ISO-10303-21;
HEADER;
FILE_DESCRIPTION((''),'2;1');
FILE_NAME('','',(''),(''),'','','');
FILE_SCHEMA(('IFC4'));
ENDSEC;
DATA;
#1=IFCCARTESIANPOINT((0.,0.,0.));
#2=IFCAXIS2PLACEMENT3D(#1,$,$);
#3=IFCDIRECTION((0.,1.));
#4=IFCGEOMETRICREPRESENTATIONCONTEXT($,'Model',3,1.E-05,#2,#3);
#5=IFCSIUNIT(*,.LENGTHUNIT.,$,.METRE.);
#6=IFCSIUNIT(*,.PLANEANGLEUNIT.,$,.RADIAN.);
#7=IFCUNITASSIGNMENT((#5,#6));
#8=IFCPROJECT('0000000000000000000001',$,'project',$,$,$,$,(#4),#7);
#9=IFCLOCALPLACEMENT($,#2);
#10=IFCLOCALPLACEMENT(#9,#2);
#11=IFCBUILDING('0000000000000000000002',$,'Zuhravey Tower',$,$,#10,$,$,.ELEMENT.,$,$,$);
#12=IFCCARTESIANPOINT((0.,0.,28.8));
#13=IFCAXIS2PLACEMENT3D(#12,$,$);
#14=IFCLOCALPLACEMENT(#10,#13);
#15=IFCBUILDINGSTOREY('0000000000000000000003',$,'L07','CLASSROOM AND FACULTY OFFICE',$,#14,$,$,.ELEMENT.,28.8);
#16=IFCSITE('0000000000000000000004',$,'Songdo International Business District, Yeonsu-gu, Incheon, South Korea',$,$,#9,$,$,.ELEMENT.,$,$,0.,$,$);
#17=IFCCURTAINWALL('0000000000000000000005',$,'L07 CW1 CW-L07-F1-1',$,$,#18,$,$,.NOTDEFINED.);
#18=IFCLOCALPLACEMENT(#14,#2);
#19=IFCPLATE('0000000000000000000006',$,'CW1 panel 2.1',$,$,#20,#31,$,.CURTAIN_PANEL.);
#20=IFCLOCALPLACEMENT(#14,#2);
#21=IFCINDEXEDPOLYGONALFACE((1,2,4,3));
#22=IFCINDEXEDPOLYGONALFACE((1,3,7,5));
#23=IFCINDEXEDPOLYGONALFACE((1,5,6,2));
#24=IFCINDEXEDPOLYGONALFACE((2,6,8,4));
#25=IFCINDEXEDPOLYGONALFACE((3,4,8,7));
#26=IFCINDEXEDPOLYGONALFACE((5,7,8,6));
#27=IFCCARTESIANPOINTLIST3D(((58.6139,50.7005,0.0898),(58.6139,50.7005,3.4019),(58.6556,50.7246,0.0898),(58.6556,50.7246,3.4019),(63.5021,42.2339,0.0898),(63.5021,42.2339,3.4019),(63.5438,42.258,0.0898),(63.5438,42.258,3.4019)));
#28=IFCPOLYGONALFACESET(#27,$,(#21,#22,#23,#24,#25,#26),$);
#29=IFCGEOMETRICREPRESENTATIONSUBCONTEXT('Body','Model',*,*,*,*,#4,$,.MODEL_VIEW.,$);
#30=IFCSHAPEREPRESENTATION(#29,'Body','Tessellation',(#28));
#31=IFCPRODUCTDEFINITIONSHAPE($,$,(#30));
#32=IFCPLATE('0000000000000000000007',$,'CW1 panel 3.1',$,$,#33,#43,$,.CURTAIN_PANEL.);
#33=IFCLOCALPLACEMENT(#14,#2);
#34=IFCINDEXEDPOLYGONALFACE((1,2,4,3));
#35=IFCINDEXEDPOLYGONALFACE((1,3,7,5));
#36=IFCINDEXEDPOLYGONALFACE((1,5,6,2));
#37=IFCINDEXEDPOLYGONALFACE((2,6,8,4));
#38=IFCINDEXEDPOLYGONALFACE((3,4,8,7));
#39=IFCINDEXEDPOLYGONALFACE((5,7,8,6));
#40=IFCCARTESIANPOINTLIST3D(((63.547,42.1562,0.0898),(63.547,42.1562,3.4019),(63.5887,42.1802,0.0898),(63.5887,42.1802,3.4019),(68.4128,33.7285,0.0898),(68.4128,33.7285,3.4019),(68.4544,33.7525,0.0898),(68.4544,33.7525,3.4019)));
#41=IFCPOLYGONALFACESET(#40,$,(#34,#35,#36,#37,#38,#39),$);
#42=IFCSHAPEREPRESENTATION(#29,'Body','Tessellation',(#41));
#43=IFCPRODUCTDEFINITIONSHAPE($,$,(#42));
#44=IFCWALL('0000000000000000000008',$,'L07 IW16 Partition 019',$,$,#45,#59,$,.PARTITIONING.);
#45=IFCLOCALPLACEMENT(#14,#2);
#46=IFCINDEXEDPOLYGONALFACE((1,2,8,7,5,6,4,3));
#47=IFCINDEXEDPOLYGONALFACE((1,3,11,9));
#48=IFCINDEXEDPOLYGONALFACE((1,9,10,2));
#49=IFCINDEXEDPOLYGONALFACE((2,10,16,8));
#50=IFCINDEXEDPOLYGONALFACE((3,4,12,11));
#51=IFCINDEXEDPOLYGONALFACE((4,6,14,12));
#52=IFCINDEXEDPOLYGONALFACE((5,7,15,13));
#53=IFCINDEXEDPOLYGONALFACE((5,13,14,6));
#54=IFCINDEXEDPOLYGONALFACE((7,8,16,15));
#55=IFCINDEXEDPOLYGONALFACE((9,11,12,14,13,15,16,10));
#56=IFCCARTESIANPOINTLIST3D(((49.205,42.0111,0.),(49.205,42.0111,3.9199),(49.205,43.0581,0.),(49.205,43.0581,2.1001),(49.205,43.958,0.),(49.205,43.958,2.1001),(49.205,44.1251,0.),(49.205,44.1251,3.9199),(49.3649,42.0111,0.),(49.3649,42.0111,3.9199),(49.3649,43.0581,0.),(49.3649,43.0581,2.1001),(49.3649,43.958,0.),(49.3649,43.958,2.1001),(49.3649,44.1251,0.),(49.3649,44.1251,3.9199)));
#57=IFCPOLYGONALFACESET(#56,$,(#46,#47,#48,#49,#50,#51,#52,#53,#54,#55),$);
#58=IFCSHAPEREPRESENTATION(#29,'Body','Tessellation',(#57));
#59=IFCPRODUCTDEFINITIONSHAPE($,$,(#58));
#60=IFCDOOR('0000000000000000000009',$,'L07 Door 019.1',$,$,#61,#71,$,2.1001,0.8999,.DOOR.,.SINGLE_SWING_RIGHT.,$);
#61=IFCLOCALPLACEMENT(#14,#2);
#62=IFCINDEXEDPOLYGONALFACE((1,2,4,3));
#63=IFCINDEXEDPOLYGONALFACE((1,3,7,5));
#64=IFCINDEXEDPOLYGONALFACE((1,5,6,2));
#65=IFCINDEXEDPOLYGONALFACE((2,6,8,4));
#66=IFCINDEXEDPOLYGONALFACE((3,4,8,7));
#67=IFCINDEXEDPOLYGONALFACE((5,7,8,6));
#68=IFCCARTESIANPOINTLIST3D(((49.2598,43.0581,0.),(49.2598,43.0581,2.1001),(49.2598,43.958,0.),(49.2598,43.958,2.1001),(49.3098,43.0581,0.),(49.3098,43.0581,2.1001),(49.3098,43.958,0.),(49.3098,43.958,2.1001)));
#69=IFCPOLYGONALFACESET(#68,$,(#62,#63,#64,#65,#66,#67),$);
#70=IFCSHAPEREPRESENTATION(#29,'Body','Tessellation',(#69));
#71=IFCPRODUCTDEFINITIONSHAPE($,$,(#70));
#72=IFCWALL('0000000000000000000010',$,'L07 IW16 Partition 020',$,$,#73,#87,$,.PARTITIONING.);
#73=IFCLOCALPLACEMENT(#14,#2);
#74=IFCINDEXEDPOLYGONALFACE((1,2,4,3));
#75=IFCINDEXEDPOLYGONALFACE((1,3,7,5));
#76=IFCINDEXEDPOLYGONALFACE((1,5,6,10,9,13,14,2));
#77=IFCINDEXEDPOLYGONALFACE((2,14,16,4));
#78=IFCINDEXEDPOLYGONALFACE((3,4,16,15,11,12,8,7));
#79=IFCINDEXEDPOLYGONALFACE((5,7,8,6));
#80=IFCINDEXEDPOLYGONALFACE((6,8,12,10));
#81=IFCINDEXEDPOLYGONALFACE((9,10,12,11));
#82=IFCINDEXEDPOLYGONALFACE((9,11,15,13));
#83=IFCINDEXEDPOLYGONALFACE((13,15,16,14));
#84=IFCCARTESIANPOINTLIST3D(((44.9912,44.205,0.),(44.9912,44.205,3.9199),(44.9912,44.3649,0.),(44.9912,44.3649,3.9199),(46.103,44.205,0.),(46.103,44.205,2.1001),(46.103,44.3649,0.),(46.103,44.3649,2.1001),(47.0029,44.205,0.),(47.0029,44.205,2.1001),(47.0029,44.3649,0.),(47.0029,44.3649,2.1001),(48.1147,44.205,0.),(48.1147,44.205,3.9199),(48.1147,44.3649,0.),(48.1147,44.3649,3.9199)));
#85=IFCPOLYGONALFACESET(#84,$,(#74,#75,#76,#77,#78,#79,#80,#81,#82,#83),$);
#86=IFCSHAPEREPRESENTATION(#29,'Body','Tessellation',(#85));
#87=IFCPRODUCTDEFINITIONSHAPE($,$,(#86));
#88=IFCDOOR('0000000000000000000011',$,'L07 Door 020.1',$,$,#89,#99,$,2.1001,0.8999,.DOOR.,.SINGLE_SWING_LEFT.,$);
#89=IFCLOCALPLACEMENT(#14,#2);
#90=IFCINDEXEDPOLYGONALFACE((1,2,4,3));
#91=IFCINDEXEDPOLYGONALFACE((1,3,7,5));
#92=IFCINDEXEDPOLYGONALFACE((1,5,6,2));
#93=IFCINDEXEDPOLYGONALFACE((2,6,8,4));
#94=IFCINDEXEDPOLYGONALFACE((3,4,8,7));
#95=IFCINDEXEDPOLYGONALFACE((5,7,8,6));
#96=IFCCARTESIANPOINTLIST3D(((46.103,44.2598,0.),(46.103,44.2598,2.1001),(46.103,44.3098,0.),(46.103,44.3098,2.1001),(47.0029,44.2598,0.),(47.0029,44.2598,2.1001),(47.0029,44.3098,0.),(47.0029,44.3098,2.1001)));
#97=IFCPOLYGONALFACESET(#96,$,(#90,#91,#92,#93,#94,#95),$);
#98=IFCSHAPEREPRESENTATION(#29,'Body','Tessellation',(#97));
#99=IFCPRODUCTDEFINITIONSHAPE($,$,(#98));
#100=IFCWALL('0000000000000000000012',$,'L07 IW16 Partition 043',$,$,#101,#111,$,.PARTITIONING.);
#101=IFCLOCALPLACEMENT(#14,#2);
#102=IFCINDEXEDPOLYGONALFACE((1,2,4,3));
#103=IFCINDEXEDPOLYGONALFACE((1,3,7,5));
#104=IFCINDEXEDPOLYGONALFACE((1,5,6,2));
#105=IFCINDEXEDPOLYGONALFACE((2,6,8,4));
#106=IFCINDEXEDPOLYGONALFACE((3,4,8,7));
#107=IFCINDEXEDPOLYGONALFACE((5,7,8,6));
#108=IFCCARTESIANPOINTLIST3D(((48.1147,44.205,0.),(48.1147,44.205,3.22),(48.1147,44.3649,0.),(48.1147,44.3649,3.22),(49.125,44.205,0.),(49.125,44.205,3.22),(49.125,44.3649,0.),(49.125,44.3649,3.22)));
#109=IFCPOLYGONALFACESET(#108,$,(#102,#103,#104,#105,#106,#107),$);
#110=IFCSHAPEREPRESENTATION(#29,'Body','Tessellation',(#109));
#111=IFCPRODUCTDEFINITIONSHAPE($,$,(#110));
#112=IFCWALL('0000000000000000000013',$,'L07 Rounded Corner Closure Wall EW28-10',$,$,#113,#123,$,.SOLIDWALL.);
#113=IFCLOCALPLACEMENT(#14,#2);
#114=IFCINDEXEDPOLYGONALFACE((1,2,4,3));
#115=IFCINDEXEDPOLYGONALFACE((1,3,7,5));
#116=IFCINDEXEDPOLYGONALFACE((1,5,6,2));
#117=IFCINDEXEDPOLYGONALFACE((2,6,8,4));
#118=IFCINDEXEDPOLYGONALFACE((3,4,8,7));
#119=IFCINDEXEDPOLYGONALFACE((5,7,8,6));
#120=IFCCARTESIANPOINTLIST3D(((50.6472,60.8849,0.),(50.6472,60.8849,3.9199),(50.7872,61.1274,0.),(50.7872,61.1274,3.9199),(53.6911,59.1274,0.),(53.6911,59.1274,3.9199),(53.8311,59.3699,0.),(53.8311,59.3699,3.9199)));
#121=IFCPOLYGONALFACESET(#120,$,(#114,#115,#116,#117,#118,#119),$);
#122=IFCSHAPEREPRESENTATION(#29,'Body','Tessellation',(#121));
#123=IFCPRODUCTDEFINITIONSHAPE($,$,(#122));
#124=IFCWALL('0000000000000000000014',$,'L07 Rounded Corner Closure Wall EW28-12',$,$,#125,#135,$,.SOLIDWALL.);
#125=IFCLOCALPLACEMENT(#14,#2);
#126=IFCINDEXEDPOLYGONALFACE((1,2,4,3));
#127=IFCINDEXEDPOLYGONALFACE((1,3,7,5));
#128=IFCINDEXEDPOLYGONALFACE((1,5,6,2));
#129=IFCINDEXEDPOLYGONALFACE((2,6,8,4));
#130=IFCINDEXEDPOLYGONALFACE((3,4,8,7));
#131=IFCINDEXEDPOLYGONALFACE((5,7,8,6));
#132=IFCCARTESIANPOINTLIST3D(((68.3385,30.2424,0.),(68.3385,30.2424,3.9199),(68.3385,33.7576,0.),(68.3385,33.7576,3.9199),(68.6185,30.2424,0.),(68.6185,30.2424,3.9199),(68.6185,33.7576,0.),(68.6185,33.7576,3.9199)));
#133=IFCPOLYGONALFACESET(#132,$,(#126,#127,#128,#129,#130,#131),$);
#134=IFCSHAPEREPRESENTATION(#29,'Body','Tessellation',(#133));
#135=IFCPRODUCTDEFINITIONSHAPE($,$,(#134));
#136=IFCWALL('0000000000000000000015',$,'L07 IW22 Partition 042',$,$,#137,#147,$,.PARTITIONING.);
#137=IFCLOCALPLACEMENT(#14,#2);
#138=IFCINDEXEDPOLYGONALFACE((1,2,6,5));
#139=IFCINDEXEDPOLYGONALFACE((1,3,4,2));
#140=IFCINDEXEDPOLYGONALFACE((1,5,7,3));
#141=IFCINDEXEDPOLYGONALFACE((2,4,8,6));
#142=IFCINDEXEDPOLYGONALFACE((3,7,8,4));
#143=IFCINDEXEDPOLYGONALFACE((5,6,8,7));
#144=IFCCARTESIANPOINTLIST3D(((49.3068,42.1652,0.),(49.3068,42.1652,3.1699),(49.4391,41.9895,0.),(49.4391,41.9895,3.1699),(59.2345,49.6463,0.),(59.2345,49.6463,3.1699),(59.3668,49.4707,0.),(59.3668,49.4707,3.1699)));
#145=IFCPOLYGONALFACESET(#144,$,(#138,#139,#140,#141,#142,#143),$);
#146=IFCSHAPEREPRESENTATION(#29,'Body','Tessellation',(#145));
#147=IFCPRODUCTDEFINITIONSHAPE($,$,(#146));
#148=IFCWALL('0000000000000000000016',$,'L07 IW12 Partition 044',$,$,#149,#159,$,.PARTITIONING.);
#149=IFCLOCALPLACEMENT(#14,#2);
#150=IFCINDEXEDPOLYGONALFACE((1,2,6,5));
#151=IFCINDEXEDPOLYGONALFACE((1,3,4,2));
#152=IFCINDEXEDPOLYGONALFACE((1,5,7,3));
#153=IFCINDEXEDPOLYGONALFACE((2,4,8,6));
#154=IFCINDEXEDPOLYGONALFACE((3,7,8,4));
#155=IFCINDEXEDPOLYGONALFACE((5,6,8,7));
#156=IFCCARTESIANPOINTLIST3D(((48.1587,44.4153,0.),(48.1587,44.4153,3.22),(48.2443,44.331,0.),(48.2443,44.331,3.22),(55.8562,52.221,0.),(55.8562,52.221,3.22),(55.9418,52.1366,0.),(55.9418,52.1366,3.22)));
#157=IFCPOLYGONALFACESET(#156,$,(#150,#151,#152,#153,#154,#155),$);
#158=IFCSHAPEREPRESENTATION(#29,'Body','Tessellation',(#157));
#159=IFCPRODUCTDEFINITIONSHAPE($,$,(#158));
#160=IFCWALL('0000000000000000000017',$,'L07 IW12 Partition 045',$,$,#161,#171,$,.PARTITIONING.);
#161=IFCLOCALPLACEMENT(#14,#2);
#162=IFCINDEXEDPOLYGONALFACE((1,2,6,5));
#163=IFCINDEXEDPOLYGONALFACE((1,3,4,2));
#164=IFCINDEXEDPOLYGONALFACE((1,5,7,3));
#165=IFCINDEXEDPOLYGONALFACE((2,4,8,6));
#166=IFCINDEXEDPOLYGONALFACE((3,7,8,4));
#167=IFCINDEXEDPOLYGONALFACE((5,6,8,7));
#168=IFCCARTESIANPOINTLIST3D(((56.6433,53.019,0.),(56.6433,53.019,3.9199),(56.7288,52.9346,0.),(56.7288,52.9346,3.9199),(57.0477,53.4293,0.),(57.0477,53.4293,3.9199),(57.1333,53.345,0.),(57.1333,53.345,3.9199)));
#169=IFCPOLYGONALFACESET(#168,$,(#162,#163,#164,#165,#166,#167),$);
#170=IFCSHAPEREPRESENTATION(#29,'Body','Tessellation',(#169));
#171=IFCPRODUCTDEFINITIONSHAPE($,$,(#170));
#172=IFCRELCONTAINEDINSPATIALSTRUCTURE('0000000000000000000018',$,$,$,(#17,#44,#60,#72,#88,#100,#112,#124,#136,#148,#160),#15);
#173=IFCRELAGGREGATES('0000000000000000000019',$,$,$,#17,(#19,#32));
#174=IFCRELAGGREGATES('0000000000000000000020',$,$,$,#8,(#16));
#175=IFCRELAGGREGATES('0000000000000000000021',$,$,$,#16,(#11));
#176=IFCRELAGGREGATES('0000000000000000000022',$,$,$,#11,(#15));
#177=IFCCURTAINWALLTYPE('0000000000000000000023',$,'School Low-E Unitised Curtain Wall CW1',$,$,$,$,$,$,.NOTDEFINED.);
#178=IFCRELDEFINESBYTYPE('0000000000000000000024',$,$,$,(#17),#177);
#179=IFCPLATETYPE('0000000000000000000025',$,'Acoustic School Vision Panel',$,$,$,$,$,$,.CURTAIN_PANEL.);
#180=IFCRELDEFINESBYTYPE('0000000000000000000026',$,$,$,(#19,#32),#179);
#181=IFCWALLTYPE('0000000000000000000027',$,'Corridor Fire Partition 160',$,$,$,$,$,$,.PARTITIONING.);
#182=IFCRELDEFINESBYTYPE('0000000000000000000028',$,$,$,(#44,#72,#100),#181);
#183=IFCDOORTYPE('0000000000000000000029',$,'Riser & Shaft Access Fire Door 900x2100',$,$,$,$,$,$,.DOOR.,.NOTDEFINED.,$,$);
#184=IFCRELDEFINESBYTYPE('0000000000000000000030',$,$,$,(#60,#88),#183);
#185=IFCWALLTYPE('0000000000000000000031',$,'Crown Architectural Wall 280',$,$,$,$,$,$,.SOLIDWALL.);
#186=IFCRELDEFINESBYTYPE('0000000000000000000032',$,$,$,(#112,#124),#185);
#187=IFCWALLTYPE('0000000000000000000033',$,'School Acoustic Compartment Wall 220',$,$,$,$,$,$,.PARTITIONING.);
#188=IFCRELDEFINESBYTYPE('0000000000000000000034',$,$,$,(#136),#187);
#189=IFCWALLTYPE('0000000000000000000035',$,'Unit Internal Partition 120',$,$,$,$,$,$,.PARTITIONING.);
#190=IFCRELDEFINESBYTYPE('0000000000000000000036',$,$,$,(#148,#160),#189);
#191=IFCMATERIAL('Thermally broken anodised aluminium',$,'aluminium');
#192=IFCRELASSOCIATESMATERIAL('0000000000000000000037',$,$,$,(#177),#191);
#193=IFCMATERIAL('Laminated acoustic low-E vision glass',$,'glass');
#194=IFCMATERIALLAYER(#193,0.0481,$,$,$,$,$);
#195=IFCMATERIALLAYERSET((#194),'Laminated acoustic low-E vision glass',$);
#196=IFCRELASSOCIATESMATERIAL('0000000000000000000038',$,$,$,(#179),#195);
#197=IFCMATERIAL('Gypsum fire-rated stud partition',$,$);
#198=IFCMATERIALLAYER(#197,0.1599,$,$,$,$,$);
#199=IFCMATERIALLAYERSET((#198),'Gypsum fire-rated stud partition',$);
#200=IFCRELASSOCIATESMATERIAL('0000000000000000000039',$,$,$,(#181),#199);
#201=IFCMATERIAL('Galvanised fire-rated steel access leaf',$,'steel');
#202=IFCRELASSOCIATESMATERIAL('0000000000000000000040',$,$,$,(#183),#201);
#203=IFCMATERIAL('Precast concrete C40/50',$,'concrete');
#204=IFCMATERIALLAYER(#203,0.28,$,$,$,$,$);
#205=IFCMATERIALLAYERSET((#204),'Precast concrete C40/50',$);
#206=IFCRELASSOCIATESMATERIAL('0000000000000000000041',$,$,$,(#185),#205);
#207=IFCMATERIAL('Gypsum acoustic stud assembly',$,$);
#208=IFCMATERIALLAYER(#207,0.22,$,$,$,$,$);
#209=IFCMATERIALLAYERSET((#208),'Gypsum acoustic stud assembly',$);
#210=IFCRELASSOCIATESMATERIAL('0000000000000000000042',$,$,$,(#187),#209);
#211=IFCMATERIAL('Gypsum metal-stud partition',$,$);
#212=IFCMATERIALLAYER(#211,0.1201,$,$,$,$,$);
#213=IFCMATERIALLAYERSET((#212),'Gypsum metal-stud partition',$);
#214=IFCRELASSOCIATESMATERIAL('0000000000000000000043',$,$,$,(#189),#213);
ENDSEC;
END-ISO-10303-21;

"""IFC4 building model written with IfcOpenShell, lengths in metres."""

from ifc_helpers import new_model, si_unit, direction, frame, frame_2d, origin, origin_2d, place, context, subcontext, project, spatial, rectangle, extrude, material, layer, layer_set, type_object, element, fill, aggregate, save


model = new_model("IFC4")

# Units and contexts
model_context = context("Model", 3, precision=1e-05, world=origin(), true_north=direction((0.0, 1.0)))
body_context = subcontext(model_context, "Body", "Model", "MODEL_VIEW")
ifc_project = project(units=[si_unit("LENGTHUNIT", "METRE"), si_unit("PLANEANGLEUNIT", "RADIAN")], contexts=[model_context])

# Site, building, storey
site_placement = place(None, origin())
site = spatial("IfcSite", under=ifc_project, at=site_placement, Name="Songdo International Business District, Yeonsu-gu, Incheon, South Korea", CompositionType="ELEMENT", RefElevation=0.0)
building_placement = place(site_placement, origin())
building = spatial("IfcBuilding", under=site, at=building_placement, Name="Zuhravey Tower", CompositionType="ELEMENT")
storey_placement = place(building_placement, frame((0.0, 0.0, 28.8)))
storey = spatial("IfcBuildingStorey", under=building, at=storey_placement, Name="L07", Description="CLASSROOM AND FACULTY OFFICE", CompositionType="ELEMENT", Elevation=28.8)

# Shared definitions
ifc_material_1 = material(Name="Thermally broken anodised aluminium", Category="aluminium")
curtain_wall_type = type_object("IfcCurtainWallType", Name="School Low-E Unitised Curtain Wall CW1", PredefinedType="NOTDEFINED", material=ifc_material_1)

# Curtain wall
curtain_wall_1_placement = place(storey_placement, origin())
curtain_wall_1 = element("IfcCurtainWall", 1, at=curtain_wall_1_placement, inside=storey, type_object=curtain_wall_type, Name="L07 CW1 CW-L07-F1-1", PredefinedType="NOTDEFINED")

# Plates
ifc_material_2 = material(Name="Laminated acoustic low-E vision glass", Category="glass")
ifc_layer_1 = layer(ifc_material_2, 0.0481)
ifc_layer_set_1 = layer_set([ifc_layer_1], Name="Laminated acoustic low-E vision glass")
plate_type = type_object("IfcPlateType", Name="Acoustic School Vision Panel", PredefinedType="CURTAIN_PANEL", material=ifc_layer_set_1)
plate_1_placement = place(storey_placement, frame((61.0789, 46.4792, 0.0898), z_axis=(0.0, 0.0, 1.0), x_axis=(0.5, -0.866026, 0.0)))
plate_1 = element("IfcPlate", 2, at=plate_1_placement, type_object=plate_type, Name="CW1 panel 2.1", PredefinedType="CURTAIN_PANEL", context=body_context, shape_type="SweptSolid", body=[
    extrude(rectangle(XDim=9.7764, YDim=0.0481, at=origin_2d()), origin(), (0.0, 0.0, 1.0), 3.312),
])
plate_2_placement = place(storey_placement, frame((66.0007, 37.9543, 0.0898), z_axis=(0.0, 0.0, 1.0), x_axis=(0.5, -0.866026, 0.0)))
plate_2 = element("IfcPlate", 3, at=plate_2_placement, type_object=plate_type, Name="CW1 panel 3.1", PredefinedType="CURTAIN_PANEL", context=body_context, shape_type="SweptSolid", body=[
    extrude(rectangle(XDim=9.7314, YDim=0.0481, at=origin_2d()), origin(), (0.0, 0.0, 1.0), 3.312),
])
aggregate(curtain_wall_1, [plate_1, plate_2])

# Walls, openings, doors
ifc_material_3 = material(Name="Gypsum fire-rated stud partition")
ifc_layer_2 = layer(ifc_material_3, 0.1599)
ifc_layer_set_2 = layer_set([ifc_layer_2], Name="Gypsum fire-rated stud partition")
wall_type_1 = type_object("IfcWallType", Name="Corridor Fire Partition 160", PredefinedType="PARTITIONING", material=ifc_layer_set_2)
wall_1_placement = place(storey_placement, frame((49.2849, 42.011, 0.0), z_axis=(0.0, 0.0, 1.0), x_axis=(0.0, 1.0, 0.0)))
wall_1 = element("IfcWall", 4, at=wall_1_placement, inside=storey, type_object=wall_type_1, Name="L07 IW16 Partition 019", PredefinedType="PARTITIONING", context=body_context, shape_type="SweptSolid", body=[
    extrude(rectangle(XDim=2.114, YDim=0.1599, at=frame_2d((1.0571, 0.0))), origin(), (0.0, 0.0, 1.0), 3.9199),
])
opening_1_placement = place(wall_1_placement, frame((1.0471, 0.0, 0.0)))
opening_1 = element("IfcOpeningElement", 5, at=opening_1_placement, cuts=wall_1, PredefinedType="OPENING", context=body_context, shape_type="SweptSolid", body=[
    extrude(rectangle(XDim=0.8999, YDim=2.1001, at=frame_2d((0.45, 1.05))), frame((0.0, 0.092, 0.0), z_axis=(0.0, -1.0, 0.0), x_axis=(1.0, 0.0, 0.0)), (0.0, 0.0, 1.0), 0.1838),
])
ifc_material_4 = material(Name="Galvanised fire-rated steel access leaf", Category="steel")
door_type = type_object("IfcDoorType", Name="Riser & Shaft Access Fire Door 900x2100", OperationType="NOTDEFINED", PredefinedType="DOOR", material=ifc_material_4)
door_1_placement = place(opening_1_placement, frame((0.8999, 0.0, 0.0), z_axis=(0.0, 0.0, 1.0), x_axis=(-1.0, 0.0, 0.0)))
door_1 = element("IfcDoor", 6, at=door_1_placement, inside=storey, type_object=door_type, Name="L07 Door 019.1", OperationType="SINGLE_SWING_RIGHT", OverallHeight=2.1001, OverallWidth=0.8999, PredefinedType="DOOR", context=body_context, shape_type="SweptSolid", body=[
    extrude(rectangle(XDim=0.8999, YDim=2.1001, at=frame_2d((0.45, 1.05))), frame((0.0, 0.0249, 0.0), z_axis=(0.0, -1.0, 0.0), x_axis=(1.0, 0.0, 0.0)), (0.0, 0.0, 1.0), 0.05),
])
fill(opening_1, door_1)
wall_2_placement = place(storey_placement, frame((48.1147, 44.2849, 0.0), z_axis=(0.0, 0.0, 1.0), x_axis=(-1.0, 0.0, 0.0)))
wall_2 = element("IfcWall", 7, at=wall_2_placement, inside=storey, type_object=wall_type_1, Name="L07 IW16 Partition 020", PredefinedType="PARTITIONING", context=body_context, shape_type="SweptSolid", body=[
    extrude(rectangle(XDim=3.1235, YDim=0.1599, at=frame_2d((1.5618, 0.0))), origin(), (0.0, 0.0, 1.0), 3.9199),
])
opening_2_placement = place(wall_2_placement, frame((1.1118, 0.0, 0.0)))
opening_2 = element("IfcOpeningElement", 8, at=opening_2_placement, cuts=wall_2, PredefinedType="OPENING", context=body_context, shape_type="SweptSolid", body=[
    extrude(rectangle(XDim=0.8999, YDim=2.1001, at=frame_2d((0.45, 1.05))), frame((0.0, 0.092, 0.0), z_axis=(0.0, -1.0, 0.0), x_axis=(1.0, 0.0, 0.0)), (0.0, 0.0, 1.0), 0.1838),
])
door_2_placement = place(opening_2_placement, frame((0.8999, 0.0, 0.0), z_axis=(0.0, 0.0, 1.0), x_axis=(-1.0, 0.0, 0.0)))
door_2 = element("IfcDoor", 9, at=door_2_placement, inside=storey, type_object=door_type, Name="L07 Door 020.1", OperationType="SINGLE_SWING_LEFT", OverallHeight=2.1001, OverallWidth=0.8999, PredefinedType="DOOR", context=body_context, shape_type="SweptSolid", body=[
    extrude(rectangle(XDim=0.8999, YDim=2.1001, at=frame_2d((0.45, 1.05))), frame((0.0, 0.0249, 0.0), z_axis=(0.0, -1.0, 0.0), x_axis=(1.0, 0.0, 0.0)), (0.0, 0.0, 1.0), 0.05),
])
fill(opening_2, door_2)

# Walls
wall_3_placement = place(storey_placement, frame((49.125, 44.2849, 0.0), z_axis=(0.0, 0.0, 1.0), x_axis=(-1.0, 0.0, 0.0)))
element("IfcWall", 10, at=wall_3_placement, inside=storey, type_object=wall_type_1, Name="L07 IW16 Partition 043", PredefinedType="PARTITIONING", context=body_context, shape_type="SweptSolid", body=[
    extrude(rectangle(XDim=1.0103, YDim=0.1599, at=frame_2d((0.5051, 0.0))), origin(), (0.0, 0.0, 1.0), 3.22),
])
ifc_material_5 = material(Name="Precast concrete C40/50", Category="concrete")
ifc_layer_3 = layer(ifc_material_5, 0.28)
ifc_layer_set_3 = layer_set([ifc_layer_3], Name="Precast concrete C40/50")
wall_type_2 = type_object("IfcWallType", Name="Crown Architectural Wall 280", PredefinedType="SOLIDWALL", material=ifc_layer_set_3)
wall_4_placement = place(storey_placement, frame((50.7173, 61.0061, 0.0), z_axis=(0.0, 0.0, 1.0), x_axis=(0.866007, -0.500031, 0.0)))
element("IfcWall", 11, at=wall_4_placement, inside=storey, type_object=wall_type_2, Name="L07 Rounded Corner Closure Wall EW28-10", PredefinedType="SOLIDWALL", context=body_context, shape_type="SweptSolid", body=[
    extrude(rectangle(XDim=3.5149, YDim=0.28, at=frame_2d((1.7573, 0.0))), origin(), (0.0, 0.0, 1.0), 3.9199),
])
wall_5_placement = place(storey_placement, frame((68.4785, 33.7576, 0.0), z_axis=(0.0, 0.0, 1.0), x_axis=(0.0, -1.0, 0.0)))
element("IfcWall", 12, at=wall_5_placement, inside=storey, type_object=wall_type_2, Name="L07 Rounded Corner Closure Wall EW28-12", PredefinedType="SOLIDWALL", context=body_context, shape_type="SweptSolid", body=[
    extrude(rectangle(XDim=3.5151, YDim=0.28, at=frame_2d((1.7576, 0.0))), origin(), (0.0, 0.0, 1.0), 3.9199),
])
ifc_material_6 = material(Name="Gypsum acoustic stud assembly")
ifc_layer_4 = layer(ifc_material_6, 0.22)
ifc_layer_set_4 = layer_set([ifc_layer_4], Name="Gypsum acoustic stud assembly")
wall_type_3 = type_object("IfcWallType", Name="School Acoustic Compartment Wall 220", PredefinedType="PARTITIONING", material=ifc_layer_set_4)
wall_6_placement = place(storey_placement, frame((49.373, 42.0774, 0.0), z_axis=(0.0, 0.0, 1.0), x_axis=(0.798631, 0.601821, 0.0)))
element("IfcWall", 13, at=wall_6_placement, inside=storey, type_object=wall_type_3, Name="L07 IW22 Partition 042", PredefinedType="PARTITIONING", context=body_context, shape_type="SweptSolid", body=[
    extrude(rectangle(XDim=12.4309, YDim=0.22, at=frame_2d((6.2153, 0.0))), origin(), (0.0, 0.0, 1.0), 3.1699),
])
ifc_material_7 = material(Name="Gypsum metal-stud partition")
ifc_layer_5 = layer(ifc_material_7, 0.1201)
ifc_layer_set_5 = layer_set([ifc_layer_5], Name="Gypsum metal-stud partition")
wall_type_4 = type_object("IfcWallType", Name="Unit Internal Partition 120", PredefinedType="PARTITIONING", material=ifc_layer_set_5)
wall_7_placement = place(storey_placement, frame((48.2014, 44.373, 0.0), z_axis=(0.0, 0.0, 1.0), x_axis=(0.702157, 0.712022, 0.0)))
element("IfcWall", 14, at=wall_7_placement, inside=storey, type_object=wall_type_4, Name="L07 IW12 Partition 044", PredefinedType="PARTITIONING", context=body_context, shape_type="SweptSolid", body=[
    extrude(rectangle(XDim=10.9626, YDim=0.1201, at=frame_2d((5.4814, 0.0))), origin(), (0.0, 0.0, 1.0), 3.22),
])
wall_8_placement = place(storey_placement, frame((56.686, 52.9768, 0.0), z_axis=(0.0, 0.0, 1.0), x_axis=(0.702005, 0.712172, 0.0)))
element("IfcWall", 15, at=wall_8_placement, inside=storey, type_object=wall_type_4, Name="L07 IW12 Partition 045", PredefinedType="PARTITIONING", context=body_context, shape_type="SweptSolid", body=[
    extrude(rectangle(XDim=0.5762, YDim=0.1201, at=frame_2d((0.2881, 0.0))), origin(), (0.0, 0.0, 1.0), 3.9199),
])

save(model, "model.ifc")
